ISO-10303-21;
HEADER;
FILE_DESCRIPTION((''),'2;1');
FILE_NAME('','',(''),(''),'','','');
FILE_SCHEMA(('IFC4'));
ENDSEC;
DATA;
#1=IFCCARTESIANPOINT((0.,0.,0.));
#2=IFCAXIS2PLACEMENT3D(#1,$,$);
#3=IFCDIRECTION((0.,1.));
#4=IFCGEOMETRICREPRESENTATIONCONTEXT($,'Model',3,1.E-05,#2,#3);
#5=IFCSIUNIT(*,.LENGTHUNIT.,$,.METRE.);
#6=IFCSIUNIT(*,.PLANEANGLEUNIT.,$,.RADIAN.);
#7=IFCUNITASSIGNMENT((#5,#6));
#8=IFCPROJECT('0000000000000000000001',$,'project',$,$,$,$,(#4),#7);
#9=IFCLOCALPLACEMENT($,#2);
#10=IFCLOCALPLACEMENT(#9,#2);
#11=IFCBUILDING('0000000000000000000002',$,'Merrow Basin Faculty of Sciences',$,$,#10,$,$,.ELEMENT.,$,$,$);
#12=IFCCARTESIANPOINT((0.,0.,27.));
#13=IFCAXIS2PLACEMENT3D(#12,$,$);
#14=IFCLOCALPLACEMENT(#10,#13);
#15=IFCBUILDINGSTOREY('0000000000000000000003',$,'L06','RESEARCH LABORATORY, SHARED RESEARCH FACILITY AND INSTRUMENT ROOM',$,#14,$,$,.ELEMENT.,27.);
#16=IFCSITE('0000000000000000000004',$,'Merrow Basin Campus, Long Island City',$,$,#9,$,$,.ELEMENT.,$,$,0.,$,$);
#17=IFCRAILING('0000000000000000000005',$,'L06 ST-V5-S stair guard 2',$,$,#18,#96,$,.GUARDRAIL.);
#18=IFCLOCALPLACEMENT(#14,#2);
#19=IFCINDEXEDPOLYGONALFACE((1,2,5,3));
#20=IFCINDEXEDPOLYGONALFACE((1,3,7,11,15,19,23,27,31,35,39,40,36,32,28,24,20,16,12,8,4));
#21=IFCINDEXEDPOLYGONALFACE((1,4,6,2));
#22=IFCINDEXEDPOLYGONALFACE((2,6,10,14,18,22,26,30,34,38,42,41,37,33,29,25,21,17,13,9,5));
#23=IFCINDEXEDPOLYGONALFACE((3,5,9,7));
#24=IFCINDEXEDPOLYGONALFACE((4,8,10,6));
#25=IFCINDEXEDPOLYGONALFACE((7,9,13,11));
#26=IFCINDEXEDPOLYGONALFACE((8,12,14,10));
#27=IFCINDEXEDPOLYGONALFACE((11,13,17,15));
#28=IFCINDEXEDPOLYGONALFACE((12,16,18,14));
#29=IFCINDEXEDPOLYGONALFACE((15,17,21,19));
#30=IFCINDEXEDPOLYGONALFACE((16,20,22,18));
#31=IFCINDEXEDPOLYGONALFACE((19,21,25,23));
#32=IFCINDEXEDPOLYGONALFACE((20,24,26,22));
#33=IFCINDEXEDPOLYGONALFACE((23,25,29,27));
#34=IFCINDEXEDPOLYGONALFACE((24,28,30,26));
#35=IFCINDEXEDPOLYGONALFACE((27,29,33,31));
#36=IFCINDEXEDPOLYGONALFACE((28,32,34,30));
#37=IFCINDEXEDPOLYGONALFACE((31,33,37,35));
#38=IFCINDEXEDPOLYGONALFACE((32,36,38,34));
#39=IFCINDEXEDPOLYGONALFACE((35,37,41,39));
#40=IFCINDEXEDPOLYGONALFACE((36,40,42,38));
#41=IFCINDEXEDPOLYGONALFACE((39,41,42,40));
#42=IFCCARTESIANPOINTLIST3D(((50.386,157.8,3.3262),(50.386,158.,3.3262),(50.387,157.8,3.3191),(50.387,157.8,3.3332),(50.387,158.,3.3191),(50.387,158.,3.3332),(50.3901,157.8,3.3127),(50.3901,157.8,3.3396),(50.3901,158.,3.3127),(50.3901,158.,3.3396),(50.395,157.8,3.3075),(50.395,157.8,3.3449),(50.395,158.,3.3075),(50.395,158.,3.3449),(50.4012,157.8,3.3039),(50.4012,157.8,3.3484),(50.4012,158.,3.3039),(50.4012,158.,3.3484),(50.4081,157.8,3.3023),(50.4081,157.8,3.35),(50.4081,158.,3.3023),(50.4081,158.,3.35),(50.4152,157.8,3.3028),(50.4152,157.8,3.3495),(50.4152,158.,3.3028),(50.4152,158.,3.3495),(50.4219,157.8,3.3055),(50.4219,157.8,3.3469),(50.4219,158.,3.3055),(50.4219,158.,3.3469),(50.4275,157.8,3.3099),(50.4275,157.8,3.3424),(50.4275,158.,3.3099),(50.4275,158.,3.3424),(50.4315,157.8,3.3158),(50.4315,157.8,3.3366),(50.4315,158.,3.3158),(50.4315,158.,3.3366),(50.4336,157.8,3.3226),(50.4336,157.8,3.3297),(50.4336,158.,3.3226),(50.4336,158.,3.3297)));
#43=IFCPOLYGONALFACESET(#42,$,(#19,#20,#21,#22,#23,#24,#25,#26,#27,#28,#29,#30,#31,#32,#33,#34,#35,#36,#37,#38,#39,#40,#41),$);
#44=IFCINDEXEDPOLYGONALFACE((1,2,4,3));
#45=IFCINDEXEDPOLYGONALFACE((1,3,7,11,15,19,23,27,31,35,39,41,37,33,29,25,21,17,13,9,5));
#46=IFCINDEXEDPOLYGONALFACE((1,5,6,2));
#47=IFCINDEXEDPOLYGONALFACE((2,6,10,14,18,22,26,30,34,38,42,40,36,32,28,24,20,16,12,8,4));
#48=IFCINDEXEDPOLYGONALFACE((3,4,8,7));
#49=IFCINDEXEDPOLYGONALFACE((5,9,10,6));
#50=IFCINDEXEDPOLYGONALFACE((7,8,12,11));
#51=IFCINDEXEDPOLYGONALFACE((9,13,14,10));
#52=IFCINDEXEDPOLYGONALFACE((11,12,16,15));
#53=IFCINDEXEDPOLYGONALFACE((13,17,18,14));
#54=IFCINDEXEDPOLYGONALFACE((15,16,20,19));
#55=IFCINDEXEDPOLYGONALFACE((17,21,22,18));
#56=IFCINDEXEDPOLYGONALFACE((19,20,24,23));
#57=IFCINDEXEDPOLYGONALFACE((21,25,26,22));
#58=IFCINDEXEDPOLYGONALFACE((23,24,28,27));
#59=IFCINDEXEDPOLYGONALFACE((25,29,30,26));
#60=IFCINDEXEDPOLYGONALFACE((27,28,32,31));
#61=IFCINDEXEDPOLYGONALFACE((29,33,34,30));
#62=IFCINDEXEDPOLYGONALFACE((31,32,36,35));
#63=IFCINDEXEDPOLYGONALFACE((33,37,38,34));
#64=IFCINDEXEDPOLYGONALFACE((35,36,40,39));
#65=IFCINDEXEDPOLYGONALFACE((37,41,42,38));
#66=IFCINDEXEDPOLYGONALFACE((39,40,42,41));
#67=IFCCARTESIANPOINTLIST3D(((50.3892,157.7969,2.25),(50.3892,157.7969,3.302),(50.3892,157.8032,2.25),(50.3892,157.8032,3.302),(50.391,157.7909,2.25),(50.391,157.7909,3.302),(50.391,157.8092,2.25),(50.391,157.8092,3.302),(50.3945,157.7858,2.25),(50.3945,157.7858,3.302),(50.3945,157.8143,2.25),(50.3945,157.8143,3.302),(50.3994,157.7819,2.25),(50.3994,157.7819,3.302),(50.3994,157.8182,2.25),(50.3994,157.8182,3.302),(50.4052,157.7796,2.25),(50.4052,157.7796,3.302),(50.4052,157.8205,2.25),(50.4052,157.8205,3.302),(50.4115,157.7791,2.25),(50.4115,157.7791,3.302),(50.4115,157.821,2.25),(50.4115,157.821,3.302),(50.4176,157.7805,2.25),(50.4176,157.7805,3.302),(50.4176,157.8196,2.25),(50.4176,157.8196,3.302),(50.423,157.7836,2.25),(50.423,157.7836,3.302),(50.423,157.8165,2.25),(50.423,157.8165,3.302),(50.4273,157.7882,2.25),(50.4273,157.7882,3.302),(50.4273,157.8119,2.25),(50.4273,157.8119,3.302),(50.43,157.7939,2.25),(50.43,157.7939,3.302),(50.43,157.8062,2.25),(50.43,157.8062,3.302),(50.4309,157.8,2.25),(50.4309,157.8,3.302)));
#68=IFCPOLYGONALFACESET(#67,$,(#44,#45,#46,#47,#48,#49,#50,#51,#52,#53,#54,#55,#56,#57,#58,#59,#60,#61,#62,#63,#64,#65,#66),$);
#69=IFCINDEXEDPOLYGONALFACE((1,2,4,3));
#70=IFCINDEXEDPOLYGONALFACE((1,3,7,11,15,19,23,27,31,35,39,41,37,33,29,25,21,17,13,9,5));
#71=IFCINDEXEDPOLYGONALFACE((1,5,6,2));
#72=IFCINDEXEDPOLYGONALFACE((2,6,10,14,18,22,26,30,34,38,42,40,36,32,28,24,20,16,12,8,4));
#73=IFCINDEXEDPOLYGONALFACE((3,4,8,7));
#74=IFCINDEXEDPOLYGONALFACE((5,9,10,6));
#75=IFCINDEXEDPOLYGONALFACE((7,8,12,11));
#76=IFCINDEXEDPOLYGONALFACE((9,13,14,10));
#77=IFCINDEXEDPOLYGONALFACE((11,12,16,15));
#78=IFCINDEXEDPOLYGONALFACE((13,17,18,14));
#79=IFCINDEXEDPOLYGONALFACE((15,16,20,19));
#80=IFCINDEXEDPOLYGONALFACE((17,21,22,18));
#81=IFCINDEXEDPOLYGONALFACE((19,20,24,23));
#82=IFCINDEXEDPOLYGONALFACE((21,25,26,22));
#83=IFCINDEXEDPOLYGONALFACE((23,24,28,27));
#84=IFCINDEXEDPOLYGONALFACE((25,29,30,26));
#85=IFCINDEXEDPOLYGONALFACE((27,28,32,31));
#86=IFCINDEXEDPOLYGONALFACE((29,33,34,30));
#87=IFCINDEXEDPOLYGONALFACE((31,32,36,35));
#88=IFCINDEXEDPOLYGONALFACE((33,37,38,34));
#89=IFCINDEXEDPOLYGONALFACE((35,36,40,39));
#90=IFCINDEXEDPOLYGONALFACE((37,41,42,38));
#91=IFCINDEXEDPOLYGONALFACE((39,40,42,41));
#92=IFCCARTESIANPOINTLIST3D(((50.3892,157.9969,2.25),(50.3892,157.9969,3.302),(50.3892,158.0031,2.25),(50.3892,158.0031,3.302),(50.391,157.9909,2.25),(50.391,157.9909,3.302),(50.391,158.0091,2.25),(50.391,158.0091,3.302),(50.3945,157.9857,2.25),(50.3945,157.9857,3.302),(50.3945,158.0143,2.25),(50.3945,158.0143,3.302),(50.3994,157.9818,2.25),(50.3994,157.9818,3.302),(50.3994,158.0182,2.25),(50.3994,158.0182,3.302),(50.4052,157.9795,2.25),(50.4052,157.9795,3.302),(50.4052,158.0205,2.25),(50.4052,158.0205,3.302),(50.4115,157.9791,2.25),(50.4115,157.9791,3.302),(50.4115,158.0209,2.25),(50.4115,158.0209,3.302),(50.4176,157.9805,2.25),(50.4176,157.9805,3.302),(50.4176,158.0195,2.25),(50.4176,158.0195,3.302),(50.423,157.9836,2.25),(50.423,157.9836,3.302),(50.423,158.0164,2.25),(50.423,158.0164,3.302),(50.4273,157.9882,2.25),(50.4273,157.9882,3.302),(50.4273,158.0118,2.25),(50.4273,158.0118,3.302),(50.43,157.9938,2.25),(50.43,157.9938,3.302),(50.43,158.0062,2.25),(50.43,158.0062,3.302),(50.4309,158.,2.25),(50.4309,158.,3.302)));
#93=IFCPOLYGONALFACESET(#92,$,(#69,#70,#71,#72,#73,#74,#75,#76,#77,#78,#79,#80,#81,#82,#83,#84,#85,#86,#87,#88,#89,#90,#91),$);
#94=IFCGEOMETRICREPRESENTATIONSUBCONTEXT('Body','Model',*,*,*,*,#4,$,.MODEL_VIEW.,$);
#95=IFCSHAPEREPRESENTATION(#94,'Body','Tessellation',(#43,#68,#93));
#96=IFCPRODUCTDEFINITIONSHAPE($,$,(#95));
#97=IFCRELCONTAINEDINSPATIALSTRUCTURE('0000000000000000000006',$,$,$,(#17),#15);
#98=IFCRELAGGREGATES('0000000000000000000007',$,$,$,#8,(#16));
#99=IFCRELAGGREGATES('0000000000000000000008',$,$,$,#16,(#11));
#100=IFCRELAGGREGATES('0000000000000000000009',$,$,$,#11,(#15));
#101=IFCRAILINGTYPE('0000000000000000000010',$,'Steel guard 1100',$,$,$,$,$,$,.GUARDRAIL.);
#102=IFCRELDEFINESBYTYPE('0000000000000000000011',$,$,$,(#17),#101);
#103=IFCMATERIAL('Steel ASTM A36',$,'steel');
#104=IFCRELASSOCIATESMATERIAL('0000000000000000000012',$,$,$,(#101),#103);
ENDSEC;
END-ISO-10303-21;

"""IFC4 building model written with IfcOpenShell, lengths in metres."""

from ifc_helpers import new_model, si_unit, direction, frame, origin, origin_2d, place, context, subcontext, project, spatial, circle, extrude, material, type_object, element, save


model = new_model("IFC4")

# Units and contexts
model_context = context("Model", 3, precision=1e-05, world=origin(), true_north=direction((0.0, 1.0)))
body_context = subcontext(model_context, "Body", "Model", "MODEL_VIEW")
ifc_project = project(units=[si_unit("LENGTHUNIT", "METRE"), si_unit("PLANEANGLEUNIT", "RADIAN")], contexts=[model_context])

# Site, building, storey
site_placement = place(None, origin())
site = spatial("IfcSite", under=ifc_project, at=site_placement, Name="Merrow Basin Campus, Long Island City", CompositionType="ELEMENT", RefElevation=0.0)
building_placement = place(site_placement, origin())
building = spatial("IfcBuilding", under=site, at=building_placement, Name="Merrow Basin Faculty of Sciences", CompositionType="ELEMENT")
storey_placement = place(building_placement, frame((0.0, 0.0, 27.0)))
storey = spatial("IfcBuildingStorey", under=building, at=storey_placement, Name="L06", Description="RESEARCH LABORATORY, SHARED RESEARCH FACILITY AND INSTRUMENT ROOM", CompositionType="ELEMENT", Elevation=27.0)

# Railing
ifc_material_1 = material(Name="Steel ASTM A36", Category="steel")
railing_type_1 = type_object("IfcRailingType", Name="Steel guard 1100", PredefinedType="GUARDRAIL", material=ifc_material_1)
railing_1_placement = place(storey_placement, frame((50.4099, 157.8, 2.25)))
element("IfcRailing", 1, at=railing_1_placement, inside=storey, type_object=railing_type_1, Name="L06 ST-V5-S stair guard 2", PredefinedType="GUARDRAIL", context=body_context, shape_type="SweptSolid", body=[
    extrude(circle(Radius=0.0239, at=origin_2d()), frame((0.0, 0.0, 1.0762), z_axis=(0.0, 1.0, 0.0), x_axis=(-1.0, 0.0, 0.0)), (0.0, 0.0, 1.0), 0.2),
    extrude(circle(Radius=0.021, at=origin_2d()), origin(), (0.0, 0.0, 1.0), 1.052),
    extrude(circle(Radius=0.021, at=origin_2d()), frame((0.0, 0.2, 0.0)), (0.0, 0.0, 1.0), 1.052),
])

save(model, "model.ifc")
